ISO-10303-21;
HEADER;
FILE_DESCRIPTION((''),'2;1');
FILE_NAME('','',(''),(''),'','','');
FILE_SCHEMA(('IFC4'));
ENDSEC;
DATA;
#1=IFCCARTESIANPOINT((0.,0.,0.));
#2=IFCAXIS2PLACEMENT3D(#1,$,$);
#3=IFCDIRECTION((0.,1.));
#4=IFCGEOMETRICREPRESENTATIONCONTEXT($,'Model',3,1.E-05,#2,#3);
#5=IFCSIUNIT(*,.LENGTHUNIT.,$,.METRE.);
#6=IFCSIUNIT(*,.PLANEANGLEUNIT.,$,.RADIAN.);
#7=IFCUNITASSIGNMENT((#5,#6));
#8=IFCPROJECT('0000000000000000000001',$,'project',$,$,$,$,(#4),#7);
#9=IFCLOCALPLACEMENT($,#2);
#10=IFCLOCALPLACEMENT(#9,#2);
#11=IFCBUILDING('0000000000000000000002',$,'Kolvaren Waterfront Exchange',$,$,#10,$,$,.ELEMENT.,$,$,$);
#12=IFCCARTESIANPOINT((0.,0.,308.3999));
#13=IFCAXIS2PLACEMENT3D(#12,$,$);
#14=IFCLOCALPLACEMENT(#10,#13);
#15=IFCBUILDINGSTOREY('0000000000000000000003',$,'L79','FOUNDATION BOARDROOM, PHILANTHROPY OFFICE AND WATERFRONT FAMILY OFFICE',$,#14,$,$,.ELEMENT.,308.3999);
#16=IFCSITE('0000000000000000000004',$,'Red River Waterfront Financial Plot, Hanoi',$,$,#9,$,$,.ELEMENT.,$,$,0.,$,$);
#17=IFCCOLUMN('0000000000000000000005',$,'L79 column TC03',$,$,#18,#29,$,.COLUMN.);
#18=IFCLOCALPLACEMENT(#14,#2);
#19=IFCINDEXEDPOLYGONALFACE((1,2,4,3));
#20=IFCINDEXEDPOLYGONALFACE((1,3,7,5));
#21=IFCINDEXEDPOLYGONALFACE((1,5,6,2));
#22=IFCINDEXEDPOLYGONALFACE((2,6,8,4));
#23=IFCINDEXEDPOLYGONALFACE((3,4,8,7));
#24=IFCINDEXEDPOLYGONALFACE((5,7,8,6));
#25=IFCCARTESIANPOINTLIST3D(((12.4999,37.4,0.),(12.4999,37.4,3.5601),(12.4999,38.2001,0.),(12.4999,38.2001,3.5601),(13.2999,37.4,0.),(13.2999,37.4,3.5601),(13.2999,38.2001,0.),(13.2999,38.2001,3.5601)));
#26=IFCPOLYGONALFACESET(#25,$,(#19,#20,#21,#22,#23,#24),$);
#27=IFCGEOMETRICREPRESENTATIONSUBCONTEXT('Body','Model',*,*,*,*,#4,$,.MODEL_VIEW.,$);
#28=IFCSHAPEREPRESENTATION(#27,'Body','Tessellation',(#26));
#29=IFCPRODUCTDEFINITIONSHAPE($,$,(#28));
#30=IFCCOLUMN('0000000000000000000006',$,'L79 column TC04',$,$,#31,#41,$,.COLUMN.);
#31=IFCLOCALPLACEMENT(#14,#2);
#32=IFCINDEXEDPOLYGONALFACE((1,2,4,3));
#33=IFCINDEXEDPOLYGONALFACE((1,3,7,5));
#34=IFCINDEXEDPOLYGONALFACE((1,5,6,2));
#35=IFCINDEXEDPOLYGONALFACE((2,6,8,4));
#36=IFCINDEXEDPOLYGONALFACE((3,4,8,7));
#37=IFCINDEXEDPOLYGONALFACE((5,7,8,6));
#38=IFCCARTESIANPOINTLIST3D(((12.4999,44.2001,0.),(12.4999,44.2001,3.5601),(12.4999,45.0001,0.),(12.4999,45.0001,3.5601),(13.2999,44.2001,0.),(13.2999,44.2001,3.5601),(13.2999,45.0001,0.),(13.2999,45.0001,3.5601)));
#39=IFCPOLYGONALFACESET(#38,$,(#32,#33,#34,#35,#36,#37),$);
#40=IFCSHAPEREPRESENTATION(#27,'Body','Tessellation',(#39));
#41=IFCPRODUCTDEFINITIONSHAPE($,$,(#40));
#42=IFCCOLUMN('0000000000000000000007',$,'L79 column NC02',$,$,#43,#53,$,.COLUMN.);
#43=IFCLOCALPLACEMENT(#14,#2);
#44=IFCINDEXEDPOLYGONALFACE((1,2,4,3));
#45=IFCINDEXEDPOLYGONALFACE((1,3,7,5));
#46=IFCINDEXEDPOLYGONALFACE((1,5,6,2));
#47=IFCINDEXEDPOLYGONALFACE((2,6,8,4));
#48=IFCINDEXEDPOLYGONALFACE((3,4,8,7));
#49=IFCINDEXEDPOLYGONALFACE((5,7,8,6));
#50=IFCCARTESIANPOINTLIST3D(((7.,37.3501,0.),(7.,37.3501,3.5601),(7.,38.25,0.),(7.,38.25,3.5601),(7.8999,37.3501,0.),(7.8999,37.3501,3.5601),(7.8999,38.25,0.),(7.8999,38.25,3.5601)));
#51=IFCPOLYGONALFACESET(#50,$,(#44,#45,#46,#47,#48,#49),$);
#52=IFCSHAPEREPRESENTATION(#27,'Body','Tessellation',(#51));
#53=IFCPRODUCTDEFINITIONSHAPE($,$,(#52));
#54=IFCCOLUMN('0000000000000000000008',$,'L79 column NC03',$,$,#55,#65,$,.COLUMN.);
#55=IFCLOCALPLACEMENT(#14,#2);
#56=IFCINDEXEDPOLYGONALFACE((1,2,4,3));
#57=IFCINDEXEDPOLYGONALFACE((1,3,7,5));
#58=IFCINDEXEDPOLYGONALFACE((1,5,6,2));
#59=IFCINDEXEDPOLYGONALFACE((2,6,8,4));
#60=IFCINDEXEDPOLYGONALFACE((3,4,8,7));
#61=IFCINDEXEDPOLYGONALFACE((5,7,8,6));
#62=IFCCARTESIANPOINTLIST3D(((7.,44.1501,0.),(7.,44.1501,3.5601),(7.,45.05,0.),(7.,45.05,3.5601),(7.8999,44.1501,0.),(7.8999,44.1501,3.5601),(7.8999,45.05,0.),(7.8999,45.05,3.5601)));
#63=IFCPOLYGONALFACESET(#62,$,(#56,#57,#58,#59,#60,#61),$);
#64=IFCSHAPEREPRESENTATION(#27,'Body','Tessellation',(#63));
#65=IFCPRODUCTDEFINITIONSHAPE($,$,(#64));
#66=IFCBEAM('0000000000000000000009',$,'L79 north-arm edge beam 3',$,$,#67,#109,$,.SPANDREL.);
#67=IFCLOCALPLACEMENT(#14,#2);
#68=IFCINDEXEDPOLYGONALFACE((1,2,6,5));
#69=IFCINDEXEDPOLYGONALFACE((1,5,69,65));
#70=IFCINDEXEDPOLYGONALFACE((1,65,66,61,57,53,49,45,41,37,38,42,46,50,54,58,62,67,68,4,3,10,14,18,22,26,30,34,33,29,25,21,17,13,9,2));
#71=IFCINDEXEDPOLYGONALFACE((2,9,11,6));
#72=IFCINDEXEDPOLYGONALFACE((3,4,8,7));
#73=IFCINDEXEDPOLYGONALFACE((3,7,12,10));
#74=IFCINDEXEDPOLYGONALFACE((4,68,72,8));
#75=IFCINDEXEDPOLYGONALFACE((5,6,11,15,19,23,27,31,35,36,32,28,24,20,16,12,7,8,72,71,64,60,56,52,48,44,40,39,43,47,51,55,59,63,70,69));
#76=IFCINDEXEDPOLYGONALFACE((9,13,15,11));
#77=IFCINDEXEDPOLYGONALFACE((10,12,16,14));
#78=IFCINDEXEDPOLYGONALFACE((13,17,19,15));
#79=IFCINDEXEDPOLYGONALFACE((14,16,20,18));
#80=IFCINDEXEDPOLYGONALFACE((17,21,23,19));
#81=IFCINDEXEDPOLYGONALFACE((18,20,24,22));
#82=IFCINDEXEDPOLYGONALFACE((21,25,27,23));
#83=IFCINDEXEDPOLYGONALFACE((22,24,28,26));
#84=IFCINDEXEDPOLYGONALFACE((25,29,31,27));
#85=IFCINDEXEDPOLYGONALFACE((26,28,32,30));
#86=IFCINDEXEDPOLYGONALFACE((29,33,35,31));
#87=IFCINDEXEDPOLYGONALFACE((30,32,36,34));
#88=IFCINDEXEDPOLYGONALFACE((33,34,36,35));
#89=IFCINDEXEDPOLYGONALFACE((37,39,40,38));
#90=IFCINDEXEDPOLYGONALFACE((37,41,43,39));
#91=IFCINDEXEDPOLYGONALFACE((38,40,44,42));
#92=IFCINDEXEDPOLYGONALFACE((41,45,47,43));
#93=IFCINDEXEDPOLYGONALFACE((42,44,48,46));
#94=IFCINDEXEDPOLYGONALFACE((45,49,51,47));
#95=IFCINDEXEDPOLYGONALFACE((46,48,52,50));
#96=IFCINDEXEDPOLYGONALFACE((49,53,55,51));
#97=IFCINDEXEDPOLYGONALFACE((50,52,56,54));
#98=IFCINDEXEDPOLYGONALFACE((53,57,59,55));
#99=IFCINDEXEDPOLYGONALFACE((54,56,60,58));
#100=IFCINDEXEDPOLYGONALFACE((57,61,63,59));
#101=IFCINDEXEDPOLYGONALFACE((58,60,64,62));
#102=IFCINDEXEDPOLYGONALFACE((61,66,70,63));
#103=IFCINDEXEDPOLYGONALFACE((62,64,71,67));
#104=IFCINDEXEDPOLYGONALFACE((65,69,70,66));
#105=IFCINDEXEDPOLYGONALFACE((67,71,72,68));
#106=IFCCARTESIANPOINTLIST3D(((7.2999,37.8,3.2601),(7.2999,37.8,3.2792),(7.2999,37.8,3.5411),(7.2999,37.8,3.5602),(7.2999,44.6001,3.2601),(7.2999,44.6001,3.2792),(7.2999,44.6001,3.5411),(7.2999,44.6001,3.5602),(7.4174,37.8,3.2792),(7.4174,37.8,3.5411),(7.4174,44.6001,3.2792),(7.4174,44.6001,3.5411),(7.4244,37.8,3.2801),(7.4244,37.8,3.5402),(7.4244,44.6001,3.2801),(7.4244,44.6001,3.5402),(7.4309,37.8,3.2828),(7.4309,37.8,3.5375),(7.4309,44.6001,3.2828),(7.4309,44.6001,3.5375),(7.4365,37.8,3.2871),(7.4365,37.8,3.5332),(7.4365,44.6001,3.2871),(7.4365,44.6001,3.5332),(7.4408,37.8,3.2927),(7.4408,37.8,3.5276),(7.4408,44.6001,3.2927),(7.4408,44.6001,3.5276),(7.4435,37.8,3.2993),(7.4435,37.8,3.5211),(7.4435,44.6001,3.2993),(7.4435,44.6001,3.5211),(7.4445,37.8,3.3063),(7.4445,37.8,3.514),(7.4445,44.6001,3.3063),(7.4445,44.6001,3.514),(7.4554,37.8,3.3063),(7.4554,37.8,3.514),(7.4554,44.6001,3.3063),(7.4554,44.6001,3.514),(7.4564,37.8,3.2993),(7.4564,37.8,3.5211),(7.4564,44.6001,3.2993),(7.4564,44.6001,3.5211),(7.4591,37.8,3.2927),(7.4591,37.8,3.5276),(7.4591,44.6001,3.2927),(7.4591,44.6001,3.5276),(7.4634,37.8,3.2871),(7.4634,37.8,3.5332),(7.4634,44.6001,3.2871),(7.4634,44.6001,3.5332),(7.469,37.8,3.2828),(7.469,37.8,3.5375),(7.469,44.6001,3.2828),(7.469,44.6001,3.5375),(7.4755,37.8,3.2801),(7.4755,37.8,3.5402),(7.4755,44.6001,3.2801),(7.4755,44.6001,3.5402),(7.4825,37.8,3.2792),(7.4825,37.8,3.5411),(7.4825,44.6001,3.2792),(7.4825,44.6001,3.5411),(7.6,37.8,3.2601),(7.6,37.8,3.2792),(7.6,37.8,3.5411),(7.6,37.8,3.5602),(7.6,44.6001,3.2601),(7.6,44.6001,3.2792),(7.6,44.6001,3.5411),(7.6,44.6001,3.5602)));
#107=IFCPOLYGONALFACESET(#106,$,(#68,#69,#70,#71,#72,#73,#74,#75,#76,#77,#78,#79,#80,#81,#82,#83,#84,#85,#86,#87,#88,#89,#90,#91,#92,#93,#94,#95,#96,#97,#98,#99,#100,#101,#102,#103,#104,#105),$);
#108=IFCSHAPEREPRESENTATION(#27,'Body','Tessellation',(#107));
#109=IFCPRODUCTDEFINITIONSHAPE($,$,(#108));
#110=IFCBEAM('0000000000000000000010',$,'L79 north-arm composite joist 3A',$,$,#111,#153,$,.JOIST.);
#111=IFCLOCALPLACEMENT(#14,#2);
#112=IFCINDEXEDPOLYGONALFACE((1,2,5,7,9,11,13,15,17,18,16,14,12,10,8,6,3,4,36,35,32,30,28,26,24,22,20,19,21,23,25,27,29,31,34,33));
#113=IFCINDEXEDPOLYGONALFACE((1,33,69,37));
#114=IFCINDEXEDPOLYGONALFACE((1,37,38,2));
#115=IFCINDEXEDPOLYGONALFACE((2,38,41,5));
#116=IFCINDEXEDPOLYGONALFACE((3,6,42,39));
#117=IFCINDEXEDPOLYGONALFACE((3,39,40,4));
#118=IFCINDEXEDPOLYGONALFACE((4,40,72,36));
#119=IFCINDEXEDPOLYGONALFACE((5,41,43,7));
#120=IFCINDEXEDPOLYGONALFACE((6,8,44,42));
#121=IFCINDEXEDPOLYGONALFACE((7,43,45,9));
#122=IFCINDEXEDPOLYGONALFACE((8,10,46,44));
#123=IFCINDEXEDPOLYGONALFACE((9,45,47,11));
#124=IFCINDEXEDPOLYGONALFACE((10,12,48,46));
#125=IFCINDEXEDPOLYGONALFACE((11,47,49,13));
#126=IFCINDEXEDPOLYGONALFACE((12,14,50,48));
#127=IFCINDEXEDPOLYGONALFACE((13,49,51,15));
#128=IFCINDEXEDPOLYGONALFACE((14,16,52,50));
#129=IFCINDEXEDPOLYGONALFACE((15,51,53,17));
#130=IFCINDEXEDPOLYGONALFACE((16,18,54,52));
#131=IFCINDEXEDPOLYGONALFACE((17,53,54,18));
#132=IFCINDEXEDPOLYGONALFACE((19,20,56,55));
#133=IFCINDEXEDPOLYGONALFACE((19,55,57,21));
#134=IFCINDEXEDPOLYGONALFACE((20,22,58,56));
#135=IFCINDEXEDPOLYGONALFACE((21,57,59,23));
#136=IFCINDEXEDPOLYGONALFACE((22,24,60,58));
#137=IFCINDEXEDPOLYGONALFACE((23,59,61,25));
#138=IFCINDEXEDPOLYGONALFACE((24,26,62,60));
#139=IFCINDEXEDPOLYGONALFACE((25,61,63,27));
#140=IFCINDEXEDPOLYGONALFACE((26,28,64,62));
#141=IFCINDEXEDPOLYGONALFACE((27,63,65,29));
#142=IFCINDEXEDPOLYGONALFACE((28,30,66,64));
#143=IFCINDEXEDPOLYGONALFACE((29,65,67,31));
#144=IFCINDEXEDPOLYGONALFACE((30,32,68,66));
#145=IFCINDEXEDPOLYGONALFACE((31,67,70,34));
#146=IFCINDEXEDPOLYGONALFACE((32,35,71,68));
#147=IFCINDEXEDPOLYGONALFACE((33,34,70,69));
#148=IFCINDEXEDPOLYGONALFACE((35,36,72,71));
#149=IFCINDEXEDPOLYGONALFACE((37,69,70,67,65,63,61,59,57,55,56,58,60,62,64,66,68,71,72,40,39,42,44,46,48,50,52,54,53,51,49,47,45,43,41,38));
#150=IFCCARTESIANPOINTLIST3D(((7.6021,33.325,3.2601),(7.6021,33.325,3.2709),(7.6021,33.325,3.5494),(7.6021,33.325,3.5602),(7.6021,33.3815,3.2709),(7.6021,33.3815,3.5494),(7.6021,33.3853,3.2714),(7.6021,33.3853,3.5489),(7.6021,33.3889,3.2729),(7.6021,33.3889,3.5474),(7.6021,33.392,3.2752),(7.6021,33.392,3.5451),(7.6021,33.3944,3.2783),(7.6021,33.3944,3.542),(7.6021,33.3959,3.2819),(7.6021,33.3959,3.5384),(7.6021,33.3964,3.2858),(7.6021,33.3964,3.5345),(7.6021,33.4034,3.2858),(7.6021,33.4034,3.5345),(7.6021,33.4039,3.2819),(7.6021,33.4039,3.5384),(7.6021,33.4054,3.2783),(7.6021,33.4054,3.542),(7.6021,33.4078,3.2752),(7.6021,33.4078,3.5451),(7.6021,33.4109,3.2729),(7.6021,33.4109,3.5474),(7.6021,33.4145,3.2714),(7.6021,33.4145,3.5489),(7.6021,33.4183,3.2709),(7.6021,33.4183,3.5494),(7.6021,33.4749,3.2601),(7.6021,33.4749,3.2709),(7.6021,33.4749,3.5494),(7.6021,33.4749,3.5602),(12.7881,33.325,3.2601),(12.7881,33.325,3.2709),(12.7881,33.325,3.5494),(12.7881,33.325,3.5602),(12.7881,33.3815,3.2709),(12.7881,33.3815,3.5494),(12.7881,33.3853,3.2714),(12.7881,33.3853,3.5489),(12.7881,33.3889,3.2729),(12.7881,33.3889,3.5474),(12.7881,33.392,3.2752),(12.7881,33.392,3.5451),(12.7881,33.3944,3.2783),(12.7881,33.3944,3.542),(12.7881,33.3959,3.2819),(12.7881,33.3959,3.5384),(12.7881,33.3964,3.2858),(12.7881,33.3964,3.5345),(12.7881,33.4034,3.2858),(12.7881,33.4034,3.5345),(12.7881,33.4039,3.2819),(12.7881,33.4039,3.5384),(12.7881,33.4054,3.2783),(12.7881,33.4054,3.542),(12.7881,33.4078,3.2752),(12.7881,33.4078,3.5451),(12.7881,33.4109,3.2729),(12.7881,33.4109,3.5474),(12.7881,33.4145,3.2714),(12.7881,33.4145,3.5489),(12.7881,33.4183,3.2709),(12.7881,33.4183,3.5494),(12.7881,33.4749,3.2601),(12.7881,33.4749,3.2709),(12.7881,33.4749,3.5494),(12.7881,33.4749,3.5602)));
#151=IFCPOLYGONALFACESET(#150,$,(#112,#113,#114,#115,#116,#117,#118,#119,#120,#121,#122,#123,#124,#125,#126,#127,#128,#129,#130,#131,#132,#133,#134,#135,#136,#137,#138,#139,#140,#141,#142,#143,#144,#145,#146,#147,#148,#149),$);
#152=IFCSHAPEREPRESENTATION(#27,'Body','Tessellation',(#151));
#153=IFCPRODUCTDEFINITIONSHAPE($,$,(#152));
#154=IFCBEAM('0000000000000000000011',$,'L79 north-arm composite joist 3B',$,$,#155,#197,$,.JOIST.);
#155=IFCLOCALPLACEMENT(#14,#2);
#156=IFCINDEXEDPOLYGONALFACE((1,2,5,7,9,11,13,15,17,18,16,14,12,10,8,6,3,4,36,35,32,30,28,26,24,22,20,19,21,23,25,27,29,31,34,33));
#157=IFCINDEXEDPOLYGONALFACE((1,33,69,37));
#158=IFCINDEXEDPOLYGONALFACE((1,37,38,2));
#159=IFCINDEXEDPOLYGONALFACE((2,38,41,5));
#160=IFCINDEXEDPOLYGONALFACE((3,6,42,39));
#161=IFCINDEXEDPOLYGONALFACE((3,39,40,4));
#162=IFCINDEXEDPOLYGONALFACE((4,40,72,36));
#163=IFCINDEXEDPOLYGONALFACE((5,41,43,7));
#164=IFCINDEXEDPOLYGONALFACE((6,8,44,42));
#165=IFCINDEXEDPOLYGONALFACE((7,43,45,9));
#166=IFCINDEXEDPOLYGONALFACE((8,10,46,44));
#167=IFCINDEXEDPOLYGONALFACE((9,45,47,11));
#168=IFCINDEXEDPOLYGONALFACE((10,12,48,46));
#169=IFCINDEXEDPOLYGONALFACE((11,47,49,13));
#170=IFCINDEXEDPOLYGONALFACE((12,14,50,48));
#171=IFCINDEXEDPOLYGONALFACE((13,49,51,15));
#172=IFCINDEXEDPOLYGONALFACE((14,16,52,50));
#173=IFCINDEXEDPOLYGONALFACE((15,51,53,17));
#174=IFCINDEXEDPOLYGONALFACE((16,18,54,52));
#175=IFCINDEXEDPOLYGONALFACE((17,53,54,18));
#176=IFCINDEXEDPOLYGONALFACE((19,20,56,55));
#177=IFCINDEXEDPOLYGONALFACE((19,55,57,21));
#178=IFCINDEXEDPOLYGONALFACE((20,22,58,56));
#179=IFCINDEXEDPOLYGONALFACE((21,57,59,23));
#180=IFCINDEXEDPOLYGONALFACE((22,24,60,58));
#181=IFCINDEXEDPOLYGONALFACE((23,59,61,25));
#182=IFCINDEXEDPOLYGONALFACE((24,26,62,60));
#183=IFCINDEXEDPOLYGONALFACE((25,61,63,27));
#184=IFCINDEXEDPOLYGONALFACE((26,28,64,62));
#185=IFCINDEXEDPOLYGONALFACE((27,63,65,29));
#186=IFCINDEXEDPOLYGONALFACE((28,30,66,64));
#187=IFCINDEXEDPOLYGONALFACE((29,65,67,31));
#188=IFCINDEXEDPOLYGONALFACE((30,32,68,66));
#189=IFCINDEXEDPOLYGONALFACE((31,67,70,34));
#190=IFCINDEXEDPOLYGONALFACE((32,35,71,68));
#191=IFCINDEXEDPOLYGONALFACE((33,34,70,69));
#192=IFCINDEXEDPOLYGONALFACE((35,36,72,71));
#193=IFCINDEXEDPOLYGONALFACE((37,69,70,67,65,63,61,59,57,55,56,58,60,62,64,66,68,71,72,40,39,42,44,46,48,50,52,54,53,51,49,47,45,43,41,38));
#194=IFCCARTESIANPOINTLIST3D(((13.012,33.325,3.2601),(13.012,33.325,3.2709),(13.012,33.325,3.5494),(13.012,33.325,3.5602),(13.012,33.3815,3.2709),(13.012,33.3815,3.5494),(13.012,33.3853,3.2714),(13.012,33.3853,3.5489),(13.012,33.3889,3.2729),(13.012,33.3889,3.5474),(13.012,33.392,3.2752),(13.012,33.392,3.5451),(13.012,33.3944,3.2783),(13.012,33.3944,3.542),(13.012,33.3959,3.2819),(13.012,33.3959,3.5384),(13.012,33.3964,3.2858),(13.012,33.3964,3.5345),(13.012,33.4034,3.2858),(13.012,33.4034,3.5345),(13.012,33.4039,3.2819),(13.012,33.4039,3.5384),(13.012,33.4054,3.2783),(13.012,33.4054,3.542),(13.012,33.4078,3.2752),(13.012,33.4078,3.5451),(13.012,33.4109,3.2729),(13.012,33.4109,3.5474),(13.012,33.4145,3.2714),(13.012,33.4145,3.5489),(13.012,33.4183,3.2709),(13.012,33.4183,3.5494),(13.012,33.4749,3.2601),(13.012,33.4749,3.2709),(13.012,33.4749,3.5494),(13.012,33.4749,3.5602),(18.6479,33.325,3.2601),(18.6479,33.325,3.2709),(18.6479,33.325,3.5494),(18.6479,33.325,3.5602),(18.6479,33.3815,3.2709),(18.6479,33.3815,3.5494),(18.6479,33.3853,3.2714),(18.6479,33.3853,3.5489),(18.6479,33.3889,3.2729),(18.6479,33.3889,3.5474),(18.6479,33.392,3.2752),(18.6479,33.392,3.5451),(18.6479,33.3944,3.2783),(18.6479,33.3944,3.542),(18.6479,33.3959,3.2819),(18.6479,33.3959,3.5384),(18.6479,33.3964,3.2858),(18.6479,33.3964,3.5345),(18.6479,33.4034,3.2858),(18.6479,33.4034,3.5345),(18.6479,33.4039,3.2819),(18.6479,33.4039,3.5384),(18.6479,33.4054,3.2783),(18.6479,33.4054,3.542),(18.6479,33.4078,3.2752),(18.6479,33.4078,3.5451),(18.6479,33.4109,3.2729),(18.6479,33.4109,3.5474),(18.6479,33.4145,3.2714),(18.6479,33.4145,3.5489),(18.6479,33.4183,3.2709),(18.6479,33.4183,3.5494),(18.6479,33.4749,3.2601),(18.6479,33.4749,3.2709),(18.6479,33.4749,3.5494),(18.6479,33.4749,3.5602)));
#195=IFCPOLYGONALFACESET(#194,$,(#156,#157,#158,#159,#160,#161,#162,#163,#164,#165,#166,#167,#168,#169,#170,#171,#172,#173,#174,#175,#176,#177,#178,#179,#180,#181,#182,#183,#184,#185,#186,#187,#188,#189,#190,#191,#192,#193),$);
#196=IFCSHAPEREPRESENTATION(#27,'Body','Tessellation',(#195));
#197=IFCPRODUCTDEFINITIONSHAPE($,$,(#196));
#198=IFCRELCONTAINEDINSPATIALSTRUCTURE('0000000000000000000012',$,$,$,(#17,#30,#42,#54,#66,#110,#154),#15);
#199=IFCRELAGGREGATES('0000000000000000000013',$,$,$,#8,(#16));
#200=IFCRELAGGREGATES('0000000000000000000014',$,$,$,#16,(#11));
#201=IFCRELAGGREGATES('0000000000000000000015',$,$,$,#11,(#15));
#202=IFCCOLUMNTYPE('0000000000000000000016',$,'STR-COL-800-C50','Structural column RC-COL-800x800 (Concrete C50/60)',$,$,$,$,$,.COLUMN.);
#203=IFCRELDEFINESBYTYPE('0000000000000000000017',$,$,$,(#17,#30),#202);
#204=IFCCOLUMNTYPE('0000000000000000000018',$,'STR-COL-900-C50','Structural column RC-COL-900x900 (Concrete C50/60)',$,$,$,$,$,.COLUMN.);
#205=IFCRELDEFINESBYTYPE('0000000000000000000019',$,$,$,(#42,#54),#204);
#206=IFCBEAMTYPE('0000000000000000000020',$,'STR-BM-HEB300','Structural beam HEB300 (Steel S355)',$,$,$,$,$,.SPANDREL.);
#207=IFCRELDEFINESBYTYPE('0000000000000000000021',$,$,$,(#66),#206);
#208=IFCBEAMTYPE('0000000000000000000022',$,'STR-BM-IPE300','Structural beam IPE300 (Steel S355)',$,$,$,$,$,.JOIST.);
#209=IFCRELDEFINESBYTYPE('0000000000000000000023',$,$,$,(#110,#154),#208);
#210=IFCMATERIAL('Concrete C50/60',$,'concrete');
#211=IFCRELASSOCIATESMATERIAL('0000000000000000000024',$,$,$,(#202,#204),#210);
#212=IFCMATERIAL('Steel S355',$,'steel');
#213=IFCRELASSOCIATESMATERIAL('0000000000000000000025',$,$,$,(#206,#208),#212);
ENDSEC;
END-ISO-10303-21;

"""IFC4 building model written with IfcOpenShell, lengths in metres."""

from ifc_helpers import new_model, si_unit, direction, frame, origin, origin_2d, place, context, subcontext, project, spatial, rectangle, i_section, extrude, material, material_profile, profile_set, type_object, element, save


model = new_model("IFC4")

# Units and contexts
model_context = context("Model", 3, precision=1e-05, world=origin(), true_north=direction((0.0, 1.0)))
body_context = subcontext(model_context, "Body", "Model", "MODEL_VIEW")
ifc_project = project(units=[si_unit("LENGTHUNIT", "METRE"), si_unit("PLANEANGLEUNIT", "RADIAN")], contexts=[model_context])

# Site, building, storey
site_placement = place(None, origin())
site = spatial("IfcSite", under=ifc_project, at=site_placement, Name="Red River Waterfront Financial Plot, Hanoi", CompositionType="ELEMENT", RefElevation=0.0)
building_placement = place(site_placement, origin())
building = spatial("IfcBuilding", under=site, at=building_placement, Name="Kolvaren Waterfront Exchange", CompositionType="ELEMENT")
storey_placement = place(building_placement, frame((0.0, 0.0, 308.3999)))
storey = spatial("IfcBuildingStorey", under=building, at=storey_placement, Name="L79", Description="FOUNDATION BOARDROOM, PHILANTHROPY OFFICE AND WATERFRONT FAMILY OFFICE", CompositionType="ELEMENT", Elevation=308.3999)

# Columns
ifc_material_1 = material(Name="Concrete C50/60", Category="concrete")
ifc_material_profile_1 = material_profile(ifc_material_1, rectangle(XDim=0.8, YDim=0.8, at=origin_2d()), Name="RC-COL-800x800")
ifc_profile_set_1 = profile_set([ifc_material_profile_1], Name="Concrete C50/60")
column_type_1 = type_object("IfcColumnType", Name="STR-COL-800-C50", Description="Structural column RC-COL-800x800 (Concrete C50/60)", PredefinedType="COLUMN", material=ifc_profile_set_1)
for number, where, z_axis, x_axis, name in (
    (1, (12.8999, 37.8, 0.0), (0.0, 0.0, 1.0), (1.0, 0.0, 0.0), "L79 column TC03"),
    (2, (12.8999, 44.6001, 0.0), (0.0, 0.0, 1.0), (1.0, 0.0, 0.0), "L79 column TC04"),
):
    element("IfcColumn", number, at=place(storey_placement, frame(where, z_axis=z_axis, x_axis=x_axis)), inside=storey, type_object=column_type_1, Name=name, PredefinedType="COLUMN", context=body_context, shape_type="SweptSolid", body=[
        extrude(rectangle(XDim=0.8, YDim=0.8, at=origin_2d()), origin(), (0.0, 0.0, 1.0), 3.5601),
    ])
ifc_material_profile_2 = material_profile(ifc_material_1, rectangle(XDim=0.8999, YDim=0.8999, at=origin_2d()), Name="RC-COL-900x900")
ifc_profile_set_2 = profile_set([ifc_material_profile_2], Name="Concrete C50/60")
column_type_2 = type_object("IfcColumnType", Name="STR-COL-900-C50", Description="Structural column RC-COL-900x900 (Concrete C50/60)", PredefinedType="COLUMN", material=ifc_profile_set_2)
for number, where, z_axis, x_axis, name in (
    (3, (7.45, 37.8, 0.0), (0.0, 0.0, 1.0), (1.0, 0.0, 0.0), "L79 column NC02"),
    (4, (7.45, 44.6001, 0.0), (0.0, 0.0, 1.0), (1.0, 0.0, 0.0), "L79 column NC03"),
):
    element("IfcColumn", number, at=place(storey_placement, frame(where, z_axis=z_axis, x_axis=x_axis)), inside=storey, type_object=column_type_2, Name=name, PredefinedType="COLUMN", context=body_context, shape_type="SweptSolid", body=[
        extrude(rectangle(XDim=0.8999, YDim=0.8999, at=origin_2d()), origin(), (0.0, 0.0, 1.0), 3.5601),
    ])

# Beams
ifc_material_2 = material(Name="Steel S355", Category="steel")
ifc_material_profile_3 = material_profile(ifc_material_2, i_section(OverallWidth=0.3, OverallDepth=0.3, WebThickness=0.011, FlangeThickness=0.019, FilletRadius=0.0271, at=origin_2d()), Name="HEB300")
ifc_profile_set_3 = profile_set([ifc_material_profile_3], Name="Steel S355")
beam_type_1 = type_object("IfcBeamType", Name="STR-BM-HEB300", Description="Structural beam HEB300 (Steel S355)", PredefinedType="SPANDREL", material=ifc_profile_set_3)
beam_1_placement = place(storey_placement, frame((7.45, 37.8, 3.4102), z_axis=(0.0, 1.0, 0.0), x_axis=(-1.0, 0.0, 0.0)))
element("IfcBeam", 5, at=beam_1_placement, inside=storey, type_object=beam_type_1, Name="L79 north-arm edge beam 3", PredefinedType="SPANDREL", context=body_context, shape_type="SweptSolid", body=[
    extrude(i_section(OverallWidth=0.3, OverallDepth=0.3, WebThickness=0.011, FlangeThickness=0.019, FilletRadius=0.0271, at=origin_2d()), origin(), (0.0, 0.0, 1.0), 6.8),
])
ifc_material_profile_4 = material_profile(ifc_material_2, i_section(OverallWidth=0.1499, OverallDepth=0.3, WebThickness=0.0071, FlangeThickness=0.0107, FilletRadius=0.0149, at=origin_2d()), Name="IPE300")
ifc_profile_set_4 = profile_set([ifc_material_profile_4], Name="Steel S355")
beam_type_2 = type_object("IfcBeamType", Name="STR-BM-IPE300", Description="Structural beam IPE300 (Steel S355)", PredefinedType="JOIST", material=ifc_profile_set_4)
beam_2_placement = place(storey_placement, frame((7.6021, 33.3999, 3.4102), z_axis=(1.0, 0.0, 0.0), x_axis=(0.0, 1.0, 0.0)))
element("IfcBeam", 6, at=beam_2_placement, inside=storey, type_object=beam_type_2, Name="L79 north-arm composite joist 3A", PredefinedType="JOIST", context=body_context, shape_type="SweptSolid", body=[
    extrude(i_section(OverallWidth=0.1499, OverallDepth=0.3, WebThickness=0.0071, FlangeThickness=0.0107, FilletRadius=0.0149, at=origin_2d()), origin(), (0.0, 0.0, 1.0), 5.186),
])
beam_3_placement = place(storey_placement, frame((13.012, 33.3999, 3.4102), z_axis=(1.0, 0.0, 0.0), x_axis=(0.0, 1.0, 0.0)))
element("IfcBeam", 7, at=beam_3_placement, inside=storey, type_object=beam_type_2, Name="L79 north-arm composite joist 3B", PredefinedType="JOIST", context=body_context, shape_type="SweptSolid", body=[
    extrude(i_section(OverallWidth=0.1499, OverallDepth=0.3, WebThickness=0.0071, FlangeThickness=0.0107, FilletRadius=0.0149, at=origin_2d()), origin(), (0.0, 0.0, 1.0), 5.636),
])

save(model, "model.ifc")
